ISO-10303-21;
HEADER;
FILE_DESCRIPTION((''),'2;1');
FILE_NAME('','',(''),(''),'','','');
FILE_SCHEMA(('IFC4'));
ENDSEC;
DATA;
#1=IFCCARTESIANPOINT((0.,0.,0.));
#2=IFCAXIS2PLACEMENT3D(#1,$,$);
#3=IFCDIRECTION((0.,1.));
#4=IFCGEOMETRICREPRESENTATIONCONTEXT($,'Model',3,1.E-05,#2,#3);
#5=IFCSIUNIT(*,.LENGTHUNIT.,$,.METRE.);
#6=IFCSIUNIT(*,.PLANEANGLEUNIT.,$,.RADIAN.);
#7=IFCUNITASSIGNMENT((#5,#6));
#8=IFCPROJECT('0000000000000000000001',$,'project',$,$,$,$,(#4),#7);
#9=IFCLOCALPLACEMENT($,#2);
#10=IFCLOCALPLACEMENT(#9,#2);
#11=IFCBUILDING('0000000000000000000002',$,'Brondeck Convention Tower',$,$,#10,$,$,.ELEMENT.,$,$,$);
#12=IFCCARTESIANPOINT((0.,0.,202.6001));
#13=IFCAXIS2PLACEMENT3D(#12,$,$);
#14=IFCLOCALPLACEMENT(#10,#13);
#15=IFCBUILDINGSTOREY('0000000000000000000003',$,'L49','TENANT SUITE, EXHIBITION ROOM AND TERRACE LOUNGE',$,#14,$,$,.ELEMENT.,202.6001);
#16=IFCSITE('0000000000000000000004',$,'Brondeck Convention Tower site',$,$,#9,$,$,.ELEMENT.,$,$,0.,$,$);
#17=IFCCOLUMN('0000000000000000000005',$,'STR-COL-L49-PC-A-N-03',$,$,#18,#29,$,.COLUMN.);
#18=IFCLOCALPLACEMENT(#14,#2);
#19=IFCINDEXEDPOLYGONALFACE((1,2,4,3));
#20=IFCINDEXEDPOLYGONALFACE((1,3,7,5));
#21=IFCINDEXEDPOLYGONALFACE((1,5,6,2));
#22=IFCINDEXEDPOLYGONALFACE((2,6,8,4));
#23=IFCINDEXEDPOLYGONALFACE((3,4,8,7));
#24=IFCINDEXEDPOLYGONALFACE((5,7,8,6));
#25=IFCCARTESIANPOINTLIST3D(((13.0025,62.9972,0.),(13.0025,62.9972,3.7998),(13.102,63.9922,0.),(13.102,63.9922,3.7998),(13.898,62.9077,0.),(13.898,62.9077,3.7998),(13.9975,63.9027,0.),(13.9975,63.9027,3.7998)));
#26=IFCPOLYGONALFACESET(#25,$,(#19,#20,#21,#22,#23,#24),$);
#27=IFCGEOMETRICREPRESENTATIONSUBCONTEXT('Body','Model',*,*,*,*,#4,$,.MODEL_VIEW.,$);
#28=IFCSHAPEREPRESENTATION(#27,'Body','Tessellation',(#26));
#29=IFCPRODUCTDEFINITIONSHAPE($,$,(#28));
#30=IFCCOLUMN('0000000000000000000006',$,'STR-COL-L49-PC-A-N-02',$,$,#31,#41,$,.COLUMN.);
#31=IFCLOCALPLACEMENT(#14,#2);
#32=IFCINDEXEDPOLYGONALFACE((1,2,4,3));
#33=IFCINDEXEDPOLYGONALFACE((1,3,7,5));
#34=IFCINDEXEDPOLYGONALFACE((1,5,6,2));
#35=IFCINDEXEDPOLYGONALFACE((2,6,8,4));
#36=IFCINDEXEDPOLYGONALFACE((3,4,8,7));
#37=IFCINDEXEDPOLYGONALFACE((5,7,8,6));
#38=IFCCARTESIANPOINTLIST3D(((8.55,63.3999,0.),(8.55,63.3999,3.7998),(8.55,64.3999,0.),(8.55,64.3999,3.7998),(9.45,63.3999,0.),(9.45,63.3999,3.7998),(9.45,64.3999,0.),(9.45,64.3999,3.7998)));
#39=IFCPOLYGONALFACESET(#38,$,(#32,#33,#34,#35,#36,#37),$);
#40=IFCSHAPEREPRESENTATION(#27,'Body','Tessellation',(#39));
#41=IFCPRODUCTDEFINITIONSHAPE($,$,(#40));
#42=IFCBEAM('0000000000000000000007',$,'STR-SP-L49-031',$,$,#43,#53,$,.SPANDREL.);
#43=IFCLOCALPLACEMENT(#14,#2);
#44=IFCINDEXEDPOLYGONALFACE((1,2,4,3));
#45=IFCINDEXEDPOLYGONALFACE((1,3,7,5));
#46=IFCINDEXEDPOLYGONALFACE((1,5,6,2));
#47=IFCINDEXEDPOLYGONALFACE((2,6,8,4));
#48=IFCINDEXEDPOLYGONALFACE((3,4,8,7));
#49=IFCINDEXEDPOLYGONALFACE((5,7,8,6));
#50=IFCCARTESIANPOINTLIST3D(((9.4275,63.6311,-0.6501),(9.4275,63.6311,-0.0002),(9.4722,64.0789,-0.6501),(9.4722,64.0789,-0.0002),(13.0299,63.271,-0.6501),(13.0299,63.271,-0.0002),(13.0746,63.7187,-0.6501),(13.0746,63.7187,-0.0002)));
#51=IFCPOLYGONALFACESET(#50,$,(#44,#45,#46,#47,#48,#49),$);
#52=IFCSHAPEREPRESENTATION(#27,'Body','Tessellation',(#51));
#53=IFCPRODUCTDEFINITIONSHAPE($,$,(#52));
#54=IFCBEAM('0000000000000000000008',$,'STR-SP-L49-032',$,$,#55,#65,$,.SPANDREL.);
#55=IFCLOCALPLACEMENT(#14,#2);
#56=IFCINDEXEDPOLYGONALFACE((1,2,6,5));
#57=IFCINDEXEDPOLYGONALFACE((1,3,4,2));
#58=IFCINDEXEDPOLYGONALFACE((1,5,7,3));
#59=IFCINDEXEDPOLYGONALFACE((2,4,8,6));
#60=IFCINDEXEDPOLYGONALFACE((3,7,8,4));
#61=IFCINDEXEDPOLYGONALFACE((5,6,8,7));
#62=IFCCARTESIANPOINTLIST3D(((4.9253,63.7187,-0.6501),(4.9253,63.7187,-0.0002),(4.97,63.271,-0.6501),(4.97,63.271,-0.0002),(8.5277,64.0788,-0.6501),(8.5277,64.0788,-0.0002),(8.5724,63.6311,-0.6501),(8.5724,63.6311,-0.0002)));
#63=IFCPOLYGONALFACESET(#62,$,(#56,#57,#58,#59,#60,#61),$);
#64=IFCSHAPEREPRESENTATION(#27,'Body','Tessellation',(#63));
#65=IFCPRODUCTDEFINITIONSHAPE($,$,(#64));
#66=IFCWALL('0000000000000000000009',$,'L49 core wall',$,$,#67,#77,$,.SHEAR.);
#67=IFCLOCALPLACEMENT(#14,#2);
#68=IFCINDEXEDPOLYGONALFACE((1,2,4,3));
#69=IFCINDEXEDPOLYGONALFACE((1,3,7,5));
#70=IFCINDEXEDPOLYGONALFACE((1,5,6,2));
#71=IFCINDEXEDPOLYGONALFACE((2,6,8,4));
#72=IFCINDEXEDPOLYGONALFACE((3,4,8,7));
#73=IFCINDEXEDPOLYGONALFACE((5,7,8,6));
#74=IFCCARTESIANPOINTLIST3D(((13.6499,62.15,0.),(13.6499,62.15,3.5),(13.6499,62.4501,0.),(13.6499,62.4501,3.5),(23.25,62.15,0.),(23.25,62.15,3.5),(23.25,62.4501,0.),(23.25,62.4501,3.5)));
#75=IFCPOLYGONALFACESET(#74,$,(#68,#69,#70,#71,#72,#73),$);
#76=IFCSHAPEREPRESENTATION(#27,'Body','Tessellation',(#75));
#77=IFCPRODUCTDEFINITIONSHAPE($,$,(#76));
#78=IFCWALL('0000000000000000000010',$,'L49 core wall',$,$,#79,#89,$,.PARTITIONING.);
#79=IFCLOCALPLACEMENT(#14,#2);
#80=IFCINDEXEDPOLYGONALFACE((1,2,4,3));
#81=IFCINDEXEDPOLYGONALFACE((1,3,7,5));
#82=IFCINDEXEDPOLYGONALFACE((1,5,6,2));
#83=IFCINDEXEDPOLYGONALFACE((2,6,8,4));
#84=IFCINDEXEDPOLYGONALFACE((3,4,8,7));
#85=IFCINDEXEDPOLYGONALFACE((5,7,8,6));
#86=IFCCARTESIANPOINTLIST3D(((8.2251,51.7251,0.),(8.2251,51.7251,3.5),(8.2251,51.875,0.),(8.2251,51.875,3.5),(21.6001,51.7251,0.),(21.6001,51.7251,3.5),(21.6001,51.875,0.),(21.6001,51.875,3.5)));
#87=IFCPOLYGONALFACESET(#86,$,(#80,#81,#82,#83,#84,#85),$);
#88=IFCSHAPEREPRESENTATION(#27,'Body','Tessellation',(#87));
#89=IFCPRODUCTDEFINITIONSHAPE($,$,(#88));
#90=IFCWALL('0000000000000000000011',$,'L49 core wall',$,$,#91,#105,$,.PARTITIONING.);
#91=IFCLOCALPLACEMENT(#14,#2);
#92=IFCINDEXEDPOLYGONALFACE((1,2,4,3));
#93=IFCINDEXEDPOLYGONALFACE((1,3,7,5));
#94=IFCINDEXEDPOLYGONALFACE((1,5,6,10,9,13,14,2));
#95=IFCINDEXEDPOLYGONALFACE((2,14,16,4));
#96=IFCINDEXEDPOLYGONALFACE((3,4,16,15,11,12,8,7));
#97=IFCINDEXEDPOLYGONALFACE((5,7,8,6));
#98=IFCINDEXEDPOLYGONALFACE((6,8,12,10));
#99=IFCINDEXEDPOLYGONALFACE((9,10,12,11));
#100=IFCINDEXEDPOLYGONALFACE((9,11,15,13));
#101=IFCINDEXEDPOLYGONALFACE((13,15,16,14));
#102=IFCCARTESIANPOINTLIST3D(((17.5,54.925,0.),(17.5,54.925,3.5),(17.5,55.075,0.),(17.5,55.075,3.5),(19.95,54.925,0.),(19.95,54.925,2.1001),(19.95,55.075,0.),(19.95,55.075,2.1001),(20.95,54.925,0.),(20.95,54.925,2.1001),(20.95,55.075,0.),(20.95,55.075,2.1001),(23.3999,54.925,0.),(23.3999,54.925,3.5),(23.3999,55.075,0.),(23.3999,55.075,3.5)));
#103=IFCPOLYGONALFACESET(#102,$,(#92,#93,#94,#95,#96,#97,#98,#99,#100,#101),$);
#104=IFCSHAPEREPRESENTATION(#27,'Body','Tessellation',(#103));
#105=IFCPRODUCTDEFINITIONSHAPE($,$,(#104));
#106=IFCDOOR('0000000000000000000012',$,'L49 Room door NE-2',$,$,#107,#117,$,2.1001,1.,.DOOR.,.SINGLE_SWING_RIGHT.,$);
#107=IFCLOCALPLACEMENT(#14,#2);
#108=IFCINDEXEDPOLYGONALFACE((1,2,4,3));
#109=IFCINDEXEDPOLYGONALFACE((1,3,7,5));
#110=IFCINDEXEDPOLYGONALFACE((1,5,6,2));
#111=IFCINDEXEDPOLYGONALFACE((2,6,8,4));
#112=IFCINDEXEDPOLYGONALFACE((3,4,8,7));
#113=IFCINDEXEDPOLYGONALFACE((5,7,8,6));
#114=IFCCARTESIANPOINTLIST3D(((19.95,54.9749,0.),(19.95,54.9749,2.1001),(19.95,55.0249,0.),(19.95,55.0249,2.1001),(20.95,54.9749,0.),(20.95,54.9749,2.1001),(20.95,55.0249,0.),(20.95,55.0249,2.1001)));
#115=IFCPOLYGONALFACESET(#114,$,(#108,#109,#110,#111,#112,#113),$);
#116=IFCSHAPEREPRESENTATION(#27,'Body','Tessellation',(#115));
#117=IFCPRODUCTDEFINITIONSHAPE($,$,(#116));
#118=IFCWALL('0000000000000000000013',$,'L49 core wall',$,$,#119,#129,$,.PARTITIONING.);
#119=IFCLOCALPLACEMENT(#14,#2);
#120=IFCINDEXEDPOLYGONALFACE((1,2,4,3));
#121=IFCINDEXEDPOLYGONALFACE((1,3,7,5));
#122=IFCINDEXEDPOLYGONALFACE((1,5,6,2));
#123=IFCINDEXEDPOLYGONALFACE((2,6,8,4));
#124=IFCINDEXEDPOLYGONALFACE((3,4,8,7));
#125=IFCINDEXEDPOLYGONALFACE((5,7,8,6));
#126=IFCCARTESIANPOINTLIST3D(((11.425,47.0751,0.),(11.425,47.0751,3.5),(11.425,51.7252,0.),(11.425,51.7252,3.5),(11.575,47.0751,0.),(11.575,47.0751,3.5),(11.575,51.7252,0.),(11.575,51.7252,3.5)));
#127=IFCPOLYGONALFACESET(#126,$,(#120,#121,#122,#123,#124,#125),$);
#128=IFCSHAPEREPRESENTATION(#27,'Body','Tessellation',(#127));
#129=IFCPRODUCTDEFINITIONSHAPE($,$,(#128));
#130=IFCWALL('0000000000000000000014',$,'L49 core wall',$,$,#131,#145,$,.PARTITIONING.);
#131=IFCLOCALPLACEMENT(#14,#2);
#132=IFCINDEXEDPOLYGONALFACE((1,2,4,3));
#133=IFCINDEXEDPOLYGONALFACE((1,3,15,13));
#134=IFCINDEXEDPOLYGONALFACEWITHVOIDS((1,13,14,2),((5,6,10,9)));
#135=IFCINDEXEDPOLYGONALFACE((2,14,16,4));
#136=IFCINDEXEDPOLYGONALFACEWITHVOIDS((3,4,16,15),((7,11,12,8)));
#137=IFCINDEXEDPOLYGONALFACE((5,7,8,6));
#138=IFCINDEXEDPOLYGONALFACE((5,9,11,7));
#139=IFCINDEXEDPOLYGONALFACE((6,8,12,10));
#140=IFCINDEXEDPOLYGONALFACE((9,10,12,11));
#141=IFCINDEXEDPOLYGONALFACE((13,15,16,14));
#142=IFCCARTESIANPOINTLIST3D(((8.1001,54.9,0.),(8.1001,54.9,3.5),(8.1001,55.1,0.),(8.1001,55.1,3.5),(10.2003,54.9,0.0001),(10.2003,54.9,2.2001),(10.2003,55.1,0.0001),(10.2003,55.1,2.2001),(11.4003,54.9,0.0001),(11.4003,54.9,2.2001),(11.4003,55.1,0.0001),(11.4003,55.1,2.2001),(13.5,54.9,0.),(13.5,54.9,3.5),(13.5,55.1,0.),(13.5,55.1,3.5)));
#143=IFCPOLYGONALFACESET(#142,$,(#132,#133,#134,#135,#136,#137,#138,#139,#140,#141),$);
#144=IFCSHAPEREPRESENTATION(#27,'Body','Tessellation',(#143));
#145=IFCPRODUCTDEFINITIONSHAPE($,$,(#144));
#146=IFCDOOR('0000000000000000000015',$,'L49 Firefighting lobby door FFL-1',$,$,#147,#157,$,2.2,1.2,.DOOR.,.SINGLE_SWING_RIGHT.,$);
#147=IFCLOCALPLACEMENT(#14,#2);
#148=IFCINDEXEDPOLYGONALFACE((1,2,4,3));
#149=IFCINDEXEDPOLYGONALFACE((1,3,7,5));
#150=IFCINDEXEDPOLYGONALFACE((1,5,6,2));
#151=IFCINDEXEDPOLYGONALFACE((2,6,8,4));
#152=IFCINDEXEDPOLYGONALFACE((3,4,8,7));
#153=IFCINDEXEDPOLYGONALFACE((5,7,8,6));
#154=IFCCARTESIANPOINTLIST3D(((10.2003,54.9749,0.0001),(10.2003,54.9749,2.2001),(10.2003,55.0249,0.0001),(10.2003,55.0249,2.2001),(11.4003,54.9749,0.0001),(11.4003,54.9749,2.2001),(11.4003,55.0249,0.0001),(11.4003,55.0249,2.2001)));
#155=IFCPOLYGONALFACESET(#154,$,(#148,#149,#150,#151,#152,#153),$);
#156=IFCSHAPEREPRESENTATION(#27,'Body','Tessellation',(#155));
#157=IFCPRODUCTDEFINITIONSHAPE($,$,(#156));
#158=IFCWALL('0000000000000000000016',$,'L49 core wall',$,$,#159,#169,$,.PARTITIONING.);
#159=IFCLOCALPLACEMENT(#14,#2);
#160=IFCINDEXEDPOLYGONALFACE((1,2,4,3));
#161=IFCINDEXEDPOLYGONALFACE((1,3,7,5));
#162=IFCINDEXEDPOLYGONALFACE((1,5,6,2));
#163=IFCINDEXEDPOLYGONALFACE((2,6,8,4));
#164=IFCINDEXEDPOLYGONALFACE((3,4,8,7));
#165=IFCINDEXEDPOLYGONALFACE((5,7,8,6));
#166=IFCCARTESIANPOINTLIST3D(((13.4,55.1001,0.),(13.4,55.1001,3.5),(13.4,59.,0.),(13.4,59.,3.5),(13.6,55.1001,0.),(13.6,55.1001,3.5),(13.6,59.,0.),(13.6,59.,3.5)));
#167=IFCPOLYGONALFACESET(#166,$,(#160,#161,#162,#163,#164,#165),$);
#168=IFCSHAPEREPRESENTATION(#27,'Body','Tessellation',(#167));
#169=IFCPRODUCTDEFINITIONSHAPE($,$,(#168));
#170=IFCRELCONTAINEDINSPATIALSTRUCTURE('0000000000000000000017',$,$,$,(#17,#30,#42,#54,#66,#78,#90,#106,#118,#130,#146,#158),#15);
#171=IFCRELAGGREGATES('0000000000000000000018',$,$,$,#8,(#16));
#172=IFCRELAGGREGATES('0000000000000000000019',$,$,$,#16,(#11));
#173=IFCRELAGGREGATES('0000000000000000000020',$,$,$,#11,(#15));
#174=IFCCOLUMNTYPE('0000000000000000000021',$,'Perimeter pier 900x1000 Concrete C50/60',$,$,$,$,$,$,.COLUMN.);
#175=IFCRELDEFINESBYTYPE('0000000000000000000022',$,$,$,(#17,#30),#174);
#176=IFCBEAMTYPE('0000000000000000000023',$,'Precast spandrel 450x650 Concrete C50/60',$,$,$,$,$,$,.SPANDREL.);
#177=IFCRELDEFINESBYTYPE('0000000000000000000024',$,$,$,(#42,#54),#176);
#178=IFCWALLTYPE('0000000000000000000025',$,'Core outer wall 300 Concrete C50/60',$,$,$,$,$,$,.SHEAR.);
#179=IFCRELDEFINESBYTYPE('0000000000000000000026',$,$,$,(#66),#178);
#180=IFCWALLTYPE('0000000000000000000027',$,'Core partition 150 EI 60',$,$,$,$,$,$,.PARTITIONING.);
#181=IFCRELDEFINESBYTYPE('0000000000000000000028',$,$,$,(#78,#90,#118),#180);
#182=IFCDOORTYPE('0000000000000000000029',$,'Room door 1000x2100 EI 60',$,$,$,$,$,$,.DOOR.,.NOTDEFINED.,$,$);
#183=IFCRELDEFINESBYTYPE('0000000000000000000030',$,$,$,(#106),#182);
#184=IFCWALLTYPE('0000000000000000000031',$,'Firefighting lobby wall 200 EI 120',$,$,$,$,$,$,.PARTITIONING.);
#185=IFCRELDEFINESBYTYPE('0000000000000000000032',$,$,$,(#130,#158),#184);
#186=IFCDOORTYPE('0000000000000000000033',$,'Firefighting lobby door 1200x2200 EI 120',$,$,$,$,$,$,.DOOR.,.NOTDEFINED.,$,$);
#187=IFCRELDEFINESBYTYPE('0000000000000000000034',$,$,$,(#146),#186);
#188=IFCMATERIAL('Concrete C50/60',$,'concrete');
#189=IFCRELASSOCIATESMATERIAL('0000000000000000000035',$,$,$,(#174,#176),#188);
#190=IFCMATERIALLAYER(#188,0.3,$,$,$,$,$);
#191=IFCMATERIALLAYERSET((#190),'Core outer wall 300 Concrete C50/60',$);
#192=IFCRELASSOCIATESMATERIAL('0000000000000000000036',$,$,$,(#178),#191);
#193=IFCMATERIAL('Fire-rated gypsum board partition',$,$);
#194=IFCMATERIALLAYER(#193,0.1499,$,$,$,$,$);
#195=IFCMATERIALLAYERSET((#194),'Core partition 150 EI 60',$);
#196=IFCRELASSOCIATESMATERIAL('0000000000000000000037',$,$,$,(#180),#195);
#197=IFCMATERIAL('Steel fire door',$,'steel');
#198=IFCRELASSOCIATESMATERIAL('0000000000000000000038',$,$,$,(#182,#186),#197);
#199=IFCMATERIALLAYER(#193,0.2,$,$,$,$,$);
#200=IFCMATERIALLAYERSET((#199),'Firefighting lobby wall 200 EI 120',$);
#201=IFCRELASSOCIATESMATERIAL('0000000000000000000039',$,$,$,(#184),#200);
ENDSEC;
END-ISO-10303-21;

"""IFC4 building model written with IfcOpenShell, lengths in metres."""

from ifc_helpers import new_model, si_unit, direction, frame, frame_2d, origin, origin_2d, place, context, subcontext, project, spatial, rectangle, extrude, material, layer, layer_set, material_profile, profile_set, type_object, element, fill, save


model = new_model("IFC4")

# Units and contexts
model_context = context("Model", 3, precision=1e-05, world=origin(), true_north=direction((0.0, 1.0)))
body_context = subcontext(model_context, "Body", "Model", "MODEL_VIEW")
ifc_project = project(units=[si_unit("LENGTHUNIT", "METRE"), si_unit("PLANEANGLEUNIT", "RADIAN")], contexts=[model_context])

# Site, building, storey
site_placement = place(None, origin())
site = spatial("IfcSite", under=ifc_project, at=site_placement, Name="Brondeck Convention Tower site", CompositionType="ELEMENT", RefElevation=0.0)
building_placement = place(site_placement, origin())
building = spatial("IfcBuilding", under=site, at=building_placement, Name="Brondeck Convention Tower", CompositionType="ELEMENT")
storey_placement = place(building_placement, frame((0.0, 0.0, 202.6001)))
storey = spatial("IfcBuildingStorey", under=building, at=storey_placement, Name="L49", Description="TENANT SUITE, EXHIBITION ROOM AND TERRACE LOUNGE", CompositionType="ELEMENT", Elevation=202.6001)

# Columns
ifc_material_1 = material(Name="Concrete C50/60", Category="concrete")
ifc_material_profile_1 = material_profile(ifc_material_1, rectangle(XDim=0.8999, YDim=1.0, at=origin_2d()), Name="Perimeter pier 900x1000 Concrete C50/60")
ifc_profile_set_1 = profile_set([ifc_material_profile_1], Name="Concrete C50/60")
column_type = type_object("IfcColumnType", Name="Perimeter pier 900x1000 Concrete C50/60", PredefinedType="COLUMN", material=ifc_profile_set_1)
for number, where, z_axis, x_axis, name in (
    (1, (13.5, 63.45, 0.0), (0.0, 0.0, 1.0), (-0.995037, 0.099504, 0.0), "STR-COL-L49-PC-A-N-03"),
    (2, (9.0, 63.8999, 0.0), (0.0, 0.0, 1.0), (-1.0, 0.0, 0.0), "STR-COL-L49-PC-A-N-02"),
):
    element("IfcColumn", number, at=place(storey_placement, frame(where, z_axis=z_axis, x_axis=x_axis)), inside=storey, type_object=column_type, Name=name, PredefinedType="COLUMN", context=body_context, shape_type="SweptSolid", body=[
        extrude(rectangle(XDim=0.8999, YDim=1.0, at=origin_2d()), origin(), (0.0, 0.0, 1.0), 3.7998),
    ])

# Beams
ifc_material_profile_2 = material_profile(ifc_material_1, rectangle(XDim=0.45, YDim=0.6499, at=origin_2d()), Name="Precast spandrel 450x650 Concrete C50/60")
ifc_profile_set_2 = profile_set([ifc_material_profile_2], Name="Concrete C50/60")
beam_type = type_object("IfcBeamType", Name="Precast spandrel 450x650 Concrete C50/60", PredefinedType="SPANDREL", material=ifc_profile_set_2)
for number, where, z_axis, x_axis, name in (
    (3, (13.0522, 63.4949, -0.3252), (-0.995041, 0.09947, 0.0), (-0.09947, -0.995041, 0.0), "STR-SP-L49-031"),
    (4, (8.55, 63.855, -0.3252), (-0.995041, -0.09947, 0.0), (0.09947, -0.995041, 0.0), "STR-SP-L49-032"),
):
    element("IfcBeam", number, at=place(storey_placement, frame(where, z_axis=z_axis, x_axis=x_axis)), inside=storey, type_object=beam_type, Name=name, PredefinedType="SPANDREL", context=body_context, shape_type="SweptSolid", body=[
        extrude(rectangle(XDim=0.45, YDim=0.6499, at=origin_2d()), origin(), (0.0, 0.0, 1.0), 3.6204),
    ])

# Walls
ifc_layer_1 = layer(ifc_material_1, 0.3)
ifc_layer_set_1 = layer_set([ifc_layer_1], Name="Core outer wall 300 Concrete C50/60")
wall_type_1 = type_object("IfcWallType", Name="Core outer wall 300 Concrete C50/60", PredefinedType="SHEAR", material=ifc_layer_set_1)
wall_1_placement = place(storey_placement, frame((13.6499, 62.3, 0.0), z_axis=(0.0, 0.0, 1.0), x_axis=(1.0, 0.0, 0.0)))
element("IfcWall", 5, at=wall_1_placement, inside=storey, type_object=wall_type_1, Name="L49 core wall", PredefinedType="SHEAR", context=body_context, shape_type="SweptSolid", body=[
    extrude(rectangle(XDim=9.6001, YDim=0.3, at=frame_2d((4.8, 0.0))), origin(), (0.0, 0.0, 1.0), 3.5),
])
ifc_material_2 = material(Name="Fire-rated gypsum board partition")
ifc_layer_2 = layer(ifc_material_2, 0.1499)
ifc_layer_set_2 = layer_set([ifc_layer_2], Name="Core partition 150 EI 60")
wall_type_2 = type_object("IfcWallType", Name="Core partition 150 EI 60", PredefinedType="PARTITIONING", material=ifc_layer_set_2)
wall_2_placement = place(storey_placement, frame((8.2251, 51.8, 0.0), z_axis=(0.0, 0.0, 1.0), x_axis=(1.0, 0.0, 0.0)))
element("IfcWall", 6, at=wall_2_placement, inside=storey, type_object=wall_type_2, Name="L49 core wall", PredefinedType="PARTITIONING", context=body_context, shape_type="SweptSolid", body=[
    extrude(rectangle(XDim=13.375, YDim=0.1499, at=frame_2d((6.6875, 0.0))), origin(), (0.0, 0.0, 1.0), 3.5),
])

# Wall, opening, door
wall_3_placement = place(storey_placement, frame((17.5, 55.0, 0.0), z_axis=(0.0, 0.0, 1.0), x_axis=(1.0, 0.0, 0.0)))
wall_3 = element("IfcWall", 7, at=wall_3_placement, inside=storey, type_object=wall_type_2, Name="L49 core wall", PredefinedType="PARTITIONING", context=body_context, shape_type="SweptSolid", body=[
    extrude(rectangle(XDim=5.8999, YDim=0.1499, at=frame_2d((2.95, 0.0))), origin(), (0.0, 0.0, 1.0), 3.5),
])
opening_1_placement = place(wall_3_placement, frame((2.45, 0.0, 0.0)))
opening_1 = element("IfcOpeningElement", 8, at=opening_1_placement, cuts=wall_3, PredefinedType="OPENING", context=body_context, shape_type="SweptSolid", body=[
    extrude(rectangle(XDim=1.0, YDim=2.1001, at=frame_2d((0.5, 1.05))), frame((0.0, 0.085, 0.0), z_axis=(0.0, -1.0, 0.0), x_axis=(1.0, 0.0, 0.0)), (0.0, 0.0, 1.0), 0.1699),
])
ifc_material_3 = material(Name="Steel fire door", Category="steel")
door_type_1 = type_object("IfcDoorType", Name="Room door 1000x2100 EI 60", OperationType="NOTDEFINED", PredefinedType="DOOR", material=ifc_material_3)
door_1_placement = place(opening_1_placement, origin())
door_1 = element("IfcDoor", 9, at=door_1_placement, inside=storey, type_object=door_type_1, Name="L49 Room door NE-2", OperationType="SINGLE_SWING_RIGHT", OverallHeight=2.1001, OverallWidth=1.0, PredefinedType="DOOR", context=body_context, shape_type="SweptSolid", body=[
    extrude(rectangle(XDim=1.0, YDim=2.1001, at=frame_2d((0.5, 1.05))), frame((0.0, 0.0249, 0.0), z_axis=(0.0, -1.0, 0.0), x_axis=(1.0, 0.0, 0.0)), (0.0, 0.0, 1.0), 0.05),
])
fill(opening_1, door_1)

# Wall
wall_4_placement = place(storey_placement, frame((11.5, 47.075, 0.0), z_axis=(0.0, 0.0, 1.0), x_axis=(0.0, 1.0, 0.0)))
element("IfcWall", 10, at=wall_4_placement, inside=storey, type_object=wall_type_2, Name="L49 core wall", PredefinedType="PARTITIONING", context=body_context, shape_type="SweptSolid", body=[
    extrude(rectangle(XDim=4.6501, YDim=0.1499, at=frame_2d((2.3252, 0.0))), origin(), (0.0, 0.0, 1.0), 3.5),
])

# Wall, opening, door
ifc_layer_3 = layer(ifc_material_2, 0.2)
ifc_layer_set_3 = layer_set([ifc_layer_3], Name="Firefighting lobby wall 200 EI 120")
wall_type_3 = type_object("IfcWallType", Name="Firefighting lobby wall 200 EI 120", PredefinedType="PARTITIONING", material=ifc_layer_set_3)
wall_5_placement = place(storey_placement, frame((8.1001, 55.0, 0.0), z_axis=(0.0, 0.0, 1.0), x_axis=(1.0, 0.0, 0.0)))
wall_5 = element("IfcWall", 11, at=wall_5_placement, inside=storey, type_object=wall_type_3, Name="L49 core wall", PredefinedType="PARTITIONING", context=body_context, shape_type="SweptSolid", body=[
    extrude(rectangle(XDim=5.3999, YDim=0.2, at=frame_2d((2.7, 0.0))), origin(), (0.0, 0.0, 1.0), 3.5),
])
opening_2_placement = place(wall_5_placement, frame((2.1001, 0.0, 0.0)))
opening_2 = element("IfcOpeningElement", 12, at=opening_2_placement, cuts=wall_5, PredefinedType="OPENING", context=body_context, shape_type="SweptSolid", body=[
    extrude(rectangle(XDim=1.2, YDim=2.2, at=frame_2d((0.6001, 1.1001))), frame((0.0, 0.1099, 0.0), z_axis=(0.0, -1.0, 0.0), x_axis=(1.0, 0.0, 0.0)), (0.0, 0.0, 1.0), 0.22),
])
door_type_2 = type_object("IfcDoorType", Name="Firefighting lobby door 1200x2200 EI 120", OperationType="NOTDEFINED", PredefinedType="DOOR", material=ifc_material_3)
door_2_placement = place(opening_2_placement, origin())
door_2 = element("IfcDoor", 13, at=door_2_placement, inside=storey, type_object=door_type_2, Name="L49 Firefighting lobby door FFL-1", OperationType="SINGLE_SWING_RIGHT", OverallHeight=2.2, OverallWidth=1.2, PredefinedType="DOOR", context=body_context, shape_type="SweptSolid", body=[
    extrude(rectangle(XDim=1.2, YDim=2.2, at=frame_2d((0.6001, 1.1001))), frame((0.0, 0.0249, 0.0), z_axis=(0.0, -1.0, 0.0), x_axis=(1.0, 0.0, 0.0)), (0.0, 0.0, 1.0), 0.05),
])
fill(opening_2, door_2)

# Wall
wall_6_placement = place(storey_placement, frame((13.5, 55.1001, 0.0), z_axis=(0.0, 0.0, 1.0), x_axis=(0.0, 1.0, 0.0)))
element("IfcWall", 14, at=wall_6_placement, inside=storey, type_object=wall_type_3, Name="L49 core wall", PredefinedType="PARTITIONING", context=body_context, shape_type="SweptSolid", body=[
    extrude(rectangle(XDim=3.8999, YDim=0.2, at=frame_2d((1.95, 0.0))), origin(), (0.0, 0.0, 1.0), 3.5),
])

save(model, "model.ifc")
